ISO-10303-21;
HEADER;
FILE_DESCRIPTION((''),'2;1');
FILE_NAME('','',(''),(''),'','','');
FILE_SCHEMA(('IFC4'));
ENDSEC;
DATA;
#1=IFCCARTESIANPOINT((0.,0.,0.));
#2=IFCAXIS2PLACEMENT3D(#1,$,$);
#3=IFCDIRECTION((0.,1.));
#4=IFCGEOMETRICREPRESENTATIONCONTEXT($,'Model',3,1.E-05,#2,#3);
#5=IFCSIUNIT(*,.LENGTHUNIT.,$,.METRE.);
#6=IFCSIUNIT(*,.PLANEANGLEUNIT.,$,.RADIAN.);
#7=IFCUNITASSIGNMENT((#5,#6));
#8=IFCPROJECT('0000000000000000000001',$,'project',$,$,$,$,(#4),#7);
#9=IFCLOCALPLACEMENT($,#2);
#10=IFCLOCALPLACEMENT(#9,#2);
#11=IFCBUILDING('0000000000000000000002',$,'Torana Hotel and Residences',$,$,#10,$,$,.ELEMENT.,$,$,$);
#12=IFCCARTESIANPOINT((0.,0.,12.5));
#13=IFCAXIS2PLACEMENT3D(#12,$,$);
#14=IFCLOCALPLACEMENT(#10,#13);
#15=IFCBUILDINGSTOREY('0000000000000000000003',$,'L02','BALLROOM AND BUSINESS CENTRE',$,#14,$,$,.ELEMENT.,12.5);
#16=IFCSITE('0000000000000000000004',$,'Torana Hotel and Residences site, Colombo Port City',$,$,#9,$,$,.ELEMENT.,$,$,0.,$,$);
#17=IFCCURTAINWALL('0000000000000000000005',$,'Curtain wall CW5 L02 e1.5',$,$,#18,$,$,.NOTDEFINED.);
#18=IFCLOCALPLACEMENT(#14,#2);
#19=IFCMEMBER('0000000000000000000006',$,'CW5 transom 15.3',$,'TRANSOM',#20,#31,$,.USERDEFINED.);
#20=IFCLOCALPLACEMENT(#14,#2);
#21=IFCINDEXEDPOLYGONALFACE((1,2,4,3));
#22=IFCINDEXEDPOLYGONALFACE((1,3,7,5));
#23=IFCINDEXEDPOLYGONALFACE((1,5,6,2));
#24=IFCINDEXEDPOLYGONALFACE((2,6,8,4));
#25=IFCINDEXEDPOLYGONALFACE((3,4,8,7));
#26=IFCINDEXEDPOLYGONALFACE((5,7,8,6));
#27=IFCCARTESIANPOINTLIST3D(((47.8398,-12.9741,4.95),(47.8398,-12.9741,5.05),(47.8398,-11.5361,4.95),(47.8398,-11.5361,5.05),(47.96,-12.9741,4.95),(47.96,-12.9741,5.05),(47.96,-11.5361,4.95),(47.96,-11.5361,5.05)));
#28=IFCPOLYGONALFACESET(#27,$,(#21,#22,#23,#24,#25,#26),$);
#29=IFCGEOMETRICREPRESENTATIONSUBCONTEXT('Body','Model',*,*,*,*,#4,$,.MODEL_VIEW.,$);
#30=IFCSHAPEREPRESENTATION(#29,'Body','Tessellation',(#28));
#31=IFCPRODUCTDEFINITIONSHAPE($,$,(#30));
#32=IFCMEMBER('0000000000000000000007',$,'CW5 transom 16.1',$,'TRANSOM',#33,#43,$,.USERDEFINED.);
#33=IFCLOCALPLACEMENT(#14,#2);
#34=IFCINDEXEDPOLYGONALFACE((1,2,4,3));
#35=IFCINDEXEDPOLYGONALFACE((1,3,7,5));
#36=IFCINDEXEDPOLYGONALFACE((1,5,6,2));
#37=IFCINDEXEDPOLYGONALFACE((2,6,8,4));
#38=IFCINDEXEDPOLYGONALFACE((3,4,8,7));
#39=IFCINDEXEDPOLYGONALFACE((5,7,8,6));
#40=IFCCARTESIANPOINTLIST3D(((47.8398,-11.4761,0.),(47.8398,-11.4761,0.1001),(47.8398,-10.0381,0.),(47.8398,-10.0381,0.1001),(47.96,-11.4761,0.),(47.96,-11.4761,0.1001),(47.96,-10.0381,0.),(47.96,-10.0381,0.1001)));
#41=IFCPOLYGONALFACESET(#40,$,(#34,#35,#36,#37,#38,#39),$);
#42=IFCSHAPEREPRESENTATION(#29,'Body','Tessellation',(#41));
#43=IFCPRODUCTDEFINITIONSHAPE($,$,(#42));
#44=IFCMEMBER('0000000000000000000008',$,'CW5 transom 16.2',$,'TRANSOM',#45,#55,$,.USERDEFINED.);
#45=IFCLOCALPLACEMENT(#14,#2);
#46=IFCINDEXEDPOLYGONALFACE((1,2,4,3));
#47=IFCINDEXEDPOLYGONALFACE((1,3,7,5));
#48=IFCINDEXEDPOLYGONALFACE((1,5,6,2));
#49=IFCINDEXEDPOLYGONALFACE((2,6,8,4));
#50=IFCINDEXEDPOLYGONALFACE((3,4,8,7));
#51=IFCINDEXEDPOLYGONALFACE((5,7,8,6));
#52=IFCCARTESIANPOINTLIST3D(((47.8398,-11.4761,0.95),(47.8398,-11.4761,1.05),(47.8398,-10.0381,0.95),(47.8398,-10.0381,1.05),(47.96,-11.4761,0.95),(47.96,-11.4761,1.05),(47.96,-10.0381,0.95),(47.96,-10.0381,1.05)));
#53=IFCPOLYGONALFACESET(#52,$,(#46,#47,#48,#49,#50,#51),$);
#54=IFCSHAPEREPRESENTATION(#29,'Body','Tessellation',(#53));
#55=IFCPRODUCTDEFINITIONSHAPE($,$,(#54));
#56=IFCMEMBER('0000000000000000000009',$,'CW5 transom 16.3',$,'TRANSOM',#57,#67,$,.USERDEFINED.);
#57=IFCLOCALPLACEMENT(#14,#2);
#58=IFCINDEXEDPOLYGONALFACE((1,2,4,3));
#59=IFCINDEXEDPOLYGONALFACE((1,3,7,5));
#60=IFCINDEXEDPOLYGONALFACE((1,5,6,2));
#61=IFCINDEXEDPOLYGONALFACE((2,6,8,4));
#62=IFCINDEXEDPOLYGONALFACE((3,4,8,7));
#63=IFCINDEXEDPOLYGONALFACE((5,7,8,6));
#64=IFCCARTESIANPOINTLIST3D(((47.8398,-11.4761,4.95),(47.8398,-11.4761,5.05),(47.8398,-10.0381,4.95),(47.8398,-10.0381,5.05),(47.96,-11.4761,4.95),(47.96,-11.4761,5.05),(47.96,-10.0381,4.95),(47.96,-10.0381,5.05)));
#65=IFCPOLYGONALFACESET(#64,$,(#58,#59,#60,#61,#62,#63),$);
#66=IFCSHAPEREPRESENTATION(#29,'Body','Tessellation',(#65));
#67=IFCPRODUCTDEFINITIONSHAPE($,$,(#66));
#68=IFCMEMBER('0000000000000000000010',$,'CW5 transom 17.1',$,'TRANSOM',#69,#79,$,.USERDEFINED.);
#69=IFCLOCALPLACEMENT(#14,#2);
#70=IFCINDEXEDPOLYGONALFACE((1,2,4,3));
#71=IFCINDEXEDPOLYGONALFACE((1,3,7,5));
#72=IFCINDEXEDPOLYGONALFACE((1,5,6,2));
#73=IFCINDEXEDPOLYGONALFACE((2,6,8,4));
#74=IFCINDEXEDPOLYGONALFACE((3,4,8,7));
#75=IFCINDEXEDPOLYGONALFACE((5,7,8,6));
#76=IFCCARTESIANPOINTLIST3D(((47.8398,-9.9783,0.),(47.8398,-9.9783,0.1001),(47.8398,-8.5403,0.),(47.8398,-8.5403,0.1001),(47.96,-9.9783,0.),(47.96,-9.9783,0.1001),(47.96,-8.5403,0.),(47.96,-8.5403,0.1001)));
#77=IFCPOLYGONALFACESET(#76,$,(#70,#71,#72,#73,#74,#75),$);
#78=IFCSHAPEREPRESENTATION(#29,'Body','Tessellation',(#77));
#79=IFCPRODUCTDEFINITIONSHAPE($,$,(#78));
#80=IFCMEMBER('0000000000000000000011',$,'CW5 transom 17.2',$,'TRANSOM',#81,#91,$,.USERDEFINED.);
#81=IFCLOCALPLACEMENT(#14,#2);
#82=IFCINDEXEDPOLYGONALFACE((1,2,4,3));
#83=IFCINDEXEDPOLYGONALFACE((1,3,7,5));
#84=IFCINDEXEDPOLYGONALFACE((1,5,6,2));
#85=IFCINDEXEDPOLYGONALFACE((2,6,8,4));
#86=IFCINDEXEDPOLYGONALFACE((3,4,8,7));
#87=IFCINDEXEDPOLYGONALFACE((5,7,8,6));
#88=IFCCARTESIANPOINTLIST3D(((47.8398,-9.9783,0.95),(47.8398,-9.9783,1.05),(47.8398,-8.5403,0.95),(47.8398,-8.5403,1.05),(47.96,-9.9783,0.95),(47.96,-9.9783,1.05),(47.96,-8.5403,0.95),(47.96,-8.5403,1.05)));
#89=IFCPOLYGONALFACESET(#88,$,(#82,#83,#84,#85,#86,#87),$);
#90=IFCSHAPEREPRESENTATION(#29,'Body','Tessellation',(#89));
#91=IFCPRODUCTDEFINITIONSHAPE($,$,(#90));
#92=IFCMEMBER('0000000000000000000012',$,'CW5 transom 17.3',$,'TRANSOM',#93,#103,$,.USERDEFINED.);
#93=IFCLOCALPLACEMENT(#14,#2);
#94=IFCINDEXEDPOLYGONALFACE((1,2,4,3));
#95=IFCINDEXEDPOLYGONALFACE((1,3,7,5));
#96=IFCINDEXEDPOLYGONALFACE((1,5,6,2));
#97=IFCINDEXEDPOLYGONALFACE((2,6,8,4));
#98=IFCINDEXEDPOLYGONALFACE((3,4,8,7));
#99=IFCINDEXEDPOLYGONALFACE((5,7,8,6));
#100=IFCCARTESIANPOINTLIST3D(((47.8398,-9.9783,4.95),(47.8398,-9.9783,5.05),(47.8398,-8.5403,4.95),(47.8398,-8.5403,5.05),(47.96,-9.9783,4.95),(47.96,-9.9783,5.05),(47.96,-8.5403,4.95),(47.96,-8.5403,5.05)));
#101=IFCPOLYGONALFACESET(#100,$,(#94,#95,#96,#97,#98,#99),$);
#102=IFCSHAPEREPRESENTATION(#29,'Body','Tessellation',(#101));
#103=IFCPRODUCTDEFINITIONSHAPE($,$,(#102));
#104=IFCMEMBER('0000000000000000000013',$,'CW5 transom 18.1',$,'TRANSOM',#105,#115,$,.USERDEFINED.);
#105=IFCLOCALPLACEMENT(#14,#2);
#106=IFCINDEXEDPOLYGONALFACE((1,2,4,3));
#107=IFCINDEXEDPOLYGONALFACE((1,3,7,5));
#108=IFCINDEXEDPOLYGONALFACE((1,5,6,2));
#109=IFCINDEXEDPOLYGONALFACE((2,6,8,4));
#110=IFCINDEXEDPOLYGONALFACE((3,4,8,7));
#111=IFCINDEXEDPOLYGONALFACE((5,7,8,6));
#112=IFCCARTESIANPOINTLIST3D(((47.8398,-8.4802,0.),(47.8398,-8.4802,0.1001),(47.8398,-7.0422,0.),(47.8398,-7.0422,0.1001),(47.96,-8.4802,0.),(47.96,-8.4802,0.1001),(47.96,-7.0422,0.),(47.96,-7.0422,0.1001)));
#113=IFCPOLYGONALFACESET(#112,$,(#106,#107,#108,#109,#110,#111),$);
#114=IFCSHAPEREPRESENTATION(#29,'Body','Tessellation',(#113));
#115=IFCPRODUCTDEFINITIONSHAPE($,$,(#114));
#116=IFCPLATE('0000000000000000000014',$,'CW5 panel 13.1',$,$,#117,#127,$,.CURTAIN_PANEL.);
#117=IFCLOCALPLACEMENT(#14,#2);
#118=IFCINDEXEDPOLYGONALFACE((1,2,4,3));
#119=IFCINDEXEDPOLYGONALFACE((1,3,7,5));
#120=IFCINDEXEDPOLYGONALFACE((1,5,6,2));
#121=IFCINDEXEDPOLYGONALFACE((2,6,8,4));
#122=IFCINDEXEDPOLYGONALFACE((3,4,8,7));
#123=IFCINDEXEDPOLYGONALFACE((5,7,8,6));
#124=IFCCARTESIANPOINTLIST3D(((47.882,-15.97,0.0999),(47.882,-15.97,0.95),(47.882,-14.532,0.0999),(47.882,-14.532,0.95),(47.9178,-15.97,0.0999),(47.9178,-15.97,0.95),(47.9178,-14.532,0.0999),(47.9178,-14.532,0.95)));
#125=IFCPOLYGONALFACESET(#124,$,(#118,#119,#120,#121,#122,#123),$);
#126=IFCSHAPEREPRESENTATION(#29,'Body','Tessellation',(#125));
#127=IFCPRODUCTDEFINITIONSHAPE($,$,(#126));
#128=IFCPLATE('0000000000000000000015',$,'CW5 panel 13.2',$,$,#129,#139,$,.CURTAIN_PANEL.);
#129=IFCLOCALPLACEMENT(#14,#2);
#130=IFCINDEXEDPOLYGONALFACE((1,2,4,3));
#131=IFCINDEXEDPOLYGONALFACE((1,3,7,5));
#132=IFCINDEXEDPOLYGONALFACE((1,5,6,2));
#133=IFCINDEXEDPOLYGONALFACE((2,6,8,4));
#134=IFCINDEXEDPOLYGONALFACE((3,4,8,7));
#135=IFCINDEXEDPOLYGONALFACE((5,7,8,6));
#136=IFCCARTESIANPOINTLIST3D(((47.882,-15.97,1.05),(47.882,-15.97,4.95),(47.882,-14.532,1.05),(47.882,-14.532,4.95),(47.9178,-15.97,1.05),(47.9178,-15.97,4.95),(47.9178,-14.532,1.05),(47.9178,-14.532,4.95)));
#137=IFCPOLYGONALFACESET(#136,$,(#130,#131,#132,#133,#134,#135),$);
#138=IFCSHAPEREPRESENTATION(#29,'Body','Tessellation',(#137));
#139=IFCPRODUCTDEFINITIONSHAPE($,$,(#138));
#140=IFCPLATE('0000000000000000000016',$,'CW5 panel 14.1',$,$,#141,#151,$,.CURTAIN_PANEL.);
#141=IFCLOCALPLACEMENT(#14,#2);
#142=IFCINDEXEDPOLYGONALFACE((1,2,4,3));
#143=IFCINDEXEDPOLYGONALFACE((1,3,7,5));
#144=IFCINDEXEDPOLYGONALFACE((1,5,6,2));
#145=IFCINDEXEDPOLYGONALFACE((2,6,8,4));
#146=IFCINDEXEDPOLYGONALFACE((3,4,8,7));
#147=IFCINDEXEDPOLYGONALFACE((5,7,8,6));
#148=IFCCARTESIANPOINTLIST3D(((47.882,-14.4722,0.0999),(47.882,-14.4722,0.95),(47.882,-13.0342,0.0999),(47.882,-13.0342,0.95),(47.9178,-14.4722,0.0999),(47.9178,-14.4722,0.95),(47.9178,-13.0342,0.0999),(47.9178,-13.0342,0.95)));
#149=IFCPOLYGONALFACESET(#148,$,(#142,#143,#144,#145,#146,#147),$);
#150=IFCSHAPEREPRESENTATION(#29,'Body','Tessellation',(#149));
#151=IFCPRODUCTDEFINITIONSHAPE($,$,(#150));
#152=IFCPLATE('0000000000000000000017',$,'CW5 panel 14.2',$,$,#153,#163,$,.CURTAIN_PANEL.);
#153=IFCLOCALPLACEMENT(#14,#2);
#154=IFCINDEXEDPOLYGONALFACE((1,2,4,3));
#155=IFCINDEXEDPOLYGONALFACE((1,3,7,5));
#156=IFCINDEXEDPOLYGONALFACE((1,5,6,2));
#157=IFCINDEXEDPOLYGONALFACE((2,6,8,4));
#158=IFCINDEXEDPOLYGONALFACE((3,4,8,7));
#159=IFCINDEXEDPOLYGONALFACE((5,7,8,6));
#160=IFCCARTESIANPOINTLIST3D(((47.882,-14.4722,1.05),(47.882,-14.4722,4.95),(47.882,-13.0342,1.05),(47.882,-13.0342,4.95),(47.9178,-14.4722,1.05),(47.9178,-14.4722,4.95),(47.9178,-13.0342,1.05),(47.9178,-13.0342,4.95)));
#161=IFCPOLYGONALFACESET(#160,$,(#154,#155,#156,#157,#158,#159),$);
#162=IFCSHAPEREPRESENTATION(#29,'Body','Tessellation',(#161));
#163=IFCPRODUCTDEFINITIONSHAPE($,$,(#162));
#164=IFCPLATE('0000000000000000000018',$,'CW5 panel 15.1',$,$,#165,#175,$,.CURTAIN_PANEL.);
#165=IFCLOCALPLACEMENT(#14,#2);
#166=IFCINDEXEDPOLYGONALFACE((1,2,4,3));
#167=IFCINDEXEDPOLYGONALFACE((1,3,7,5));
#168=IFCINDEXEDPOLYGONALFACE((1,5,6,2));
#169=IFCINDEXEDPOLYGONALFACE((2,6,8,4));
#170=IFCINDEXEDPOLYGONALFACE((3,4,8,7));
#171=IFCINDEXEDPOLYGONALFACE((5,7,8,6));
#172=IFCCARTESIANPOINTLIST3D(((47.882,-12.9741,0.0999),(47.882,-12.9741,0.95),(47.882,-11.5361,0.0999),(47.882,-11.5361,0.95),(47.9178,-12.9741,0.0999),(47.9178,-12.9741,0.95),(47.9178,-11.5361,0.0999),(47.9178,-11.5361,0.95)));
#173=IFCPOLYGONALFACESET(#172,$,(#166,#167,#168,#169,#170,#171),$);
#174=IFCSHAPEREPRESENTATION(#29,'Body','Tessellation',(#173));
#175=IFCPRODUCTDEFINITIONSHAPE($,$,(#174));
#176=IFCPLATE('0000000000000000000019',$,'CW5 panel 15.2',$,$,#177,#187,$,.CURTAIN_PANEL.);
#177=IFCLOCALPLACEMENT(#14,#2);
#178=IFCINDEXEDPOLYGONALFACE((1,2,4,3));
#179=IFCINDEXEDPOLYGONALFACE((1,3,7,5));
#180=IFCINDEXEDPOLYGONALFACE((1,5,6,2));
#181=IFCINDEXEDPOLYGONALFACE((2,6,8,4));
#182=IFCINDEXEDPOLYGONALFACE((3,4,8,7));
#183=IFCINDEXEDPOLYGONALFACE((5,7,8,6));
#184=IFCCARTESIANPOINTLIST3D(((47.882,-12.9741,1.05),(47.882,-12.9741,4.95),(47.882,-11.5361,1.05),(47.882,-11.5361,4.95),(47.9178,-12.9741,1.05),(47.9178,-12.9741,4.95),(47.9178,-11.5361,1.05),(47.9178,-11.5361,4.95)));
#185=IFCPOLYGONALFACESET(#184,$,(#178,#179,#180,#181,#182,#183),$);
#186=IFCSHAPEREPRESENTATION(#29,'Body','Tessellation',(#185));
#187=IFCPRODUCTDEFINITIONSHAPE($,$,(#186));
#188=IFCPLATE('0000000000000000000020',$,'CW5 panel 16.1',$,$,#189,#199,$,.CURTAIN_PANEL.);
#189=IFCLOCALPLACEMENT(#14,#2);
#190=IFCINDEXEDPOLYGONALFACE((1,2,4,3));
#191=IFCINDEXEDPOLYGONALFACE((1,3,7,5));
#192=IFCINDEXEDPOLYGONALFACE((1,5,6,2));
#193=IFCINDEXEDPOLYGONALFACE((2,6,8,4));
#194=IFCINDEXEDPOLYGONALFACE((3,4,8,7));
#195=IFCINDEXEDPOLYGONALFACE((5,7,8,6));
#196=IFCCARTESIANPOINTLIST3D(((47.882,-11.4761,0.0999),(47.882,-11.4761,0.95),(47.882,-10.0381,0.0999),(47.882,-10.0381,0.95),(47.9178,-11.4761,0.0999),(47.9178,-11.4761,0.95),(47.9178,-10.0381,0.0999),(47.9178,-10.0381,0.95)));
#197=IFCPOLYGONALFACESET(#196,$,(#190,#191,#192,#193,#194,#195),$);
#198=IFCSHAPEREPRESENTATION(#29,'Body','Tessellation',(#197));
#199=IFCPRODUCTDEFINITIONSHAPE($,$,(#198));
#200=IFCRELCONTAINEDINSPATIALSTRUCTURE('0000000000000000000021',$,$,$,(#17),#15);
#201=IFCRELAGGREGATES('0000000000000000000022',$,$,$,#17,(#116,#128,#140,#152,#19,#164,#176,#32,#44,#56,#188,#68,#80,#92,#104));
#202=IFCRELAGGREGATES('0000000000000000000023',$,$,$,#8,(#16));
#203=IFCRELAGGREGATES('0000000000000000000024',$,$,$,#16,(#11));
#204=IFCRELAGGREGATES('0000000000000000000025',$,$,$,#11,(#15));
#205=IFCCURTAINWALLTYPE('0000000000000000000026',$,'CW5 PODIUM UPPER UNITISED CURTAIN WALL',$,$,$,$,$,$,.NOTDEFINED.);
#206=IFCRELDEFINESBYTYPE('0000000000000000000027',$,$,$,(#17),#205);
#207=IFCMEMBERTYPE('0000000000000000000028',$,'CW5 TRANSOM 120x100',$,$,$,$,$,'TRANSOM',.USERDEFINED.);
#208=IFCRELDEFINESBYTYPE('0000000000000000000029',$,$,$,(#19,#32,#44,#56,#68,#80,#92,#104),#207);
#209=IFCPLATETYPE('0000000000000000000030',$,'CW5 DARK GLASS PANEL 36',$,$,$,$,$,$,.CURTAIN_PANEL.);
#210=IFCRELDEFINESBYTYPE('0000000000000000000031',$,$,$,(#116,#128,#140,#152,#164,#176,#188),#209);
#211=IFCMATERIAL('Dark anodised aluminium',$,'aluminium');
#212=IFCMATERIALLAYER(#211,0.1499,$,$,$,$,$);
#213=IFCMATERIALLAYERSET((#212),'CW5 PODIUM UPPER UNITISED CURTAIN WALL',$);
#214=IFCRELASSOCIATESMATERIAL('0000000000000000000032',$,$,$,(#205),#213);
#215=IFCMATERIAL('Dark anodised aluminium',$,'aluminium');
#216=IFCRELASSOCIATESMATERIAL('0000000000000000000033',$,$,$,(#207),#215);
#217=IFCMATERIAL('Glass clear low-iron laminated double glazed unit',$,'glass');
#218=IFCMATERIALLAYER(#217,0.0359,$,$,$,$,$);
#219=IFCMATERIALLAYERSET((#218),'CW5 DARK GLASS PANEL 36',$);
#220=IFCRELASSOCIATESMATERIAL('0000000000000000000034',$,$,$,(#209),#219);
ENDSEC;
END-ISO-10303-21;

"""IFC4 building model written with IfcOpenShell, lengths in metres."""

from ifc_helpers import new_model, si_unit, direction, frame, origin, origin_2d, place, context, subcontext, project, spatial, rectangle, extrude, material, layer, layer_set, material_profile, profile_set, type_object, element, aggregate, save


model = new_model("IFC4")

# Units and contexts
model_context = context("Model", 3, precision=1e-05, world=origin(), true_north=direction((0.0, 1.0)))
body_context = subcontext(model_context, "Body", "Model", "MODEL_VIEW")
ifc_project = project(units=[si_unit("LENGTHUNIT", "METRE"), si_unit("PLANEANGLEUNIT", "RADIAN")], contexts=[model_context])

# Site, building, storey
site_placement = place(None, origin())
site = spatial("IfcSite", under=ifc_project, at=site_placement, Name="Torana Hotel and Residences site, Colombo Port City", CompositionType="ELEMENT", RefElevation=0.0)
building_placement = place(site_placement, origin())
building = spatial("IfcBuilding", under=site, at=building_placement, Name="Torana Hotel and Residences", CompositionType="ELEMENT")
storey_placement = place(building_placement, frame((0.0, 0.0, 12.5)))
storey = spatial("IfcBuildingStorey", under=building, at=storey_placement, Name="L02", Description="BALLROOM AND BUSINESS CENTRE", CompositionType="ELEMENT", Elevation=12.5)

# Curtain wall, members, plates
ifc_material_1 = material(Name="Dark anodised aluminium", Category="aluminium")
ifc_layer_1 = layer(ifc_material_1, 0.1499)
ifc_layer_set_1 = layer_set([ifc_layer_1], Name="CW5 PODIUM UPPER UNITISED CURTAIN WALL")
curtain_wall_type = type_object("IfcCurtainWallType", Name="CW5 PODIUM UPPER UNITISED CURTAIN WALL", PredefinedType="NOTDEFINED", material=ifc_layer_set_1)
curtain_wall_placement = place(storey_placement, origin())
curtain_wall = element("IfcCurtainWall", 1, at=curtain_wall_placement, inside=storey, type_object=curtain_wall_type, Name="Curtain wall CW5 L02 e1.5", PredefinedType="NOTDEFINED")
ifc_material_2 = material(Name="Dark anodised aluminium", Category="aluminium")
ifc_material_profile_1 = material_profile(ifc_material_2, rectangle(XDim=0.1201, YDim=0.1001, at=origin_2d()), Name="CW5 TRANSOM 120x100")
ifc_profile_set_1 = profile_set([ifc_material_profile_1], Name="Dark anodised aluminium")
member_type_1 = type_object("IfcMemberType", Name="CW5 TRANSOM 120x100", ElementType="TRANSOM", PredefinedType="USERDEFINED", material=ifc_profile_set_1)
member_1_placement = place(storey_placement, frame((47.8999, -12.9741, 5.0), z_axis=(0.0, 1.0, 0.0), x_axis=(-1.0, 0.0, 0.0)))
member_1 = element("IfcMember", 2, at=member_1_placement, type_object=member_type_1, Name="CW5 transom 15.3", ObjectType="TRANSOM", PredefinedType="USERDEFINED", context=body_context, shape_type="SweptSolid", body=[
    extrude(rectangle(XDim=0.1201, YDim=0.1001, at=origin_2d()), origin(), (0.0, 0.0, 1.0), 1.438),
])
member_2_placement = place(storey_placement, frame((47.8999, -11.4761, 0.05), z_axis=(0.0, 1.0, 0.0), x_axis=(-1.0, 0.0, 0.0)))
member_2 = element("IfcMember", 3, at=member_2_placement, type_object=member_type_1, Name="CW5 transom 16.1", ObjectType="TRANSOM", PredefinedType="USERDEFINED", context=body_context, shape_type="SweptSolid", body=[
    extrude(rectangle(XDim=0.1201, YDim=0.1001, at=origin_2d()), origin(), (0.0, 0.0, 1.0), 1.438),
])
member_3_placement = place(storey_placement, frame((47.8999, -11.4761, 1.0), z_axis=(0.0, 1.0, 0.0), x_axis=(-1.0, 0.0, 0.0)))
member_3 = element("IfcMember", 4, at=member_3_placement, type_object=member_type_1, Name="CW5 transom 16.2", ObjectType="TRANSOM", PredefinedType="USERDEFINED", context=body_context, shape_type="SweptSolid", body=[
    extrude(rectangle(XDim=0.1201, YDim=0.1001, at=origin_2d()), origin(), (0.0, 0.0, 1.0), 1.438),
])
member_4_placement = place(storey_placement, frame((47.8999, -11.4761, 5.0), z_axis=(0.0, 1.0, 0.0), x_axis=(-1.0, 0.0, 0.0)))
member_4 = element("IfcMember", 5, at=member_4_placement, type_object=member_type_1, Name="CW5 transom 16.3", ObjectType="TRANSOM", PredefinedType="USERDEFINED", context=body_context, shape_type="SweptSolid", body=[
    extrude(rectangle(XDim=0.1201, YDim=0.1001, at=origin_2d()), origin(), (0.0, 0.0, 1.0), 1.438),
])
member_5_placement = place(storey_placement, frame((47.8999, -9.9783, 0.05), z_axis=(0.0, 1.0, 0.0), x_axis=(-1.0, 0.0, 0.0)))
member_5 = element("IfcMember", 6, at=member_5_placement, type_object=member_type_1, Name="CW5 transom 17.1", ObjectType="TRANSOM", PredefinedType="USERDEFINED", context=body_context, shape_type="SweptSolid", body=[
    extrude(rectangle(XDim=0.1201, YDim=0.1001, at=origin_2d()), origin(), (0.0, 0.0, 1.0), 1.438),
])
member_6_placement = place(storey_placement, frame((47.8999, -9.9783, 1.0), z_axis=(0.0, 1.0, 0.0), x_axis=(-1.0, 0.0, 0.0)))
member_6 = element("IfcMember", 7, at=member_6_placement, type_object=member_type_1, Name="CW5 transom 17.2", ObjectType="TRANSOM", PredefinedType="USERDEFINED", context=body_context, shape_type="SweptSolid", body=[
    extrude(rectangle(XDim=0.1201, YDim=0.1001, at=origin_2d()), origin(), (0.0, 0.0, 1.0), 1.438),
])
member_7_placement = place(storey_placement, frame((47.8999, -9.9783, 5.0), z_axis=(0.0, 1.0, 0.0), x_axis=(-1.0, 0.0, 0.0)))
member_7 = element("IfcMember", 8, at=member_7_placement, type_object=member_type_1, Name="CW5 transom 17.3", ObjectType="TRANSOM", PredefinedType="USERDEFINED", context=body_context, shape_type="SweptSolid", body=[
    extrude(rectangle(XDim=0.1201, YDim=0.1001, at=origin_2d()), origin(), (0.0, 0.0, 1.0), 1.438),
])
member_8_placement = place(storey_placement, frame((47.8999, -8.4802, 0.05), z_axis=(0.0, 1.0, 0.0), x_axis=(-1.0, 0.0, 0.0)))
member_8 = element("IfcMember", 9, at=member_8_placement, type_object=member_type_1, Name="CW5 transom 18.1", ObjectType="TRANSOM", PredefinedType="USERDEFINED", context=body_context, shape_type="SweptSolid", body=[
    extrude(rectangle(XDim=0.1201, YDim=0.1001, at=origin_2d()), origin(), (0.0, 0.0, 1.0), 1.438),
])
ifc_material_3 = material(Name="Glass clear low-iron laminated double glazed unit", Category="glass")
ifc_layer_2 = layer(ifc_material_3, 0.0359)
ifc_layer_set_2 = layer_set([ifc_layer_2], Name="CW5 DARK GLASS PANEL 36")
plate_type = type_object("IfcPlateType", Name="CW5 DARK GLASS PANEL 36", PredefinedType="CURTAIN_PANEL", material=ifc_layer_set_2)
plate_1_placement = place(storey_placement, frame((47.8999, -15.251, 0.0999), z_axis=(0.0, 0.0, 1.0), x_axis=(0.0, 1.0, 0.0)))
plate_1 = element("IfcPlate", 10, at=plate_1_placement, type_object=plate_type, Name="CW5 panel 13.1", PredefinedType="CURTAIN_PANEL", context=body_context, shape_type="SweptSolid", body=[
    extrude(rectangle(XDim=1.438, YDim=0.0359, at=origin_2d()), origin(), (0.0, 0.0, 1.0), 0.8501),
])
plate_2_placement = place(storey_placement, frame((47.8999, -15.251, 1.05), z_axis=(0.0, 0.0, 1.0), x_axis=(0.0, 1.0, 0.0)))
plate_2 = element("IfcPlate", 11, at=plate_2_placement, type_object=plate_type, Name="CW5 panel 13.2", PredefinedType="CURTAIN_PANEL", context=body_context, shape_type="SweptSolid", body=[
    extrude(rectangle(XDim=1.438, YDim=0.0359, at=origin_2d()), origin(), (0.0, 0.0, 1.0), 3.8999),
])
plate_3_placement = place(storey_placement, frame((47.8999, -13.7532, 0.0999), z_axis=(0.0, 0.0, 1.0), x_axis=(0.0, 1.0, 0.0)))
plate_3 = element("IfcPlate", 12, at=plate_3_placement, type_object=plate_type, Name="CW5 panel 14.1", PredefinedType="CURTAIN_PANEL", context=body_context, shape_type="SweptSolid", body=[
    extrude(rectangle(XDim=1.438, YDim=0.0359, at=origin_2d()), origin(), (0.0, 0.0, 1.0), 0.8501),
])
plate_4_placement = place(storey_placement, frame((47.8999, -13.7532, 1.05), z_axis=(0.0, 0.0, 1.0), x_axis=(0.0, 1.0, 0.0)))
plate_4 = element("IfcPlate", 13, at=plate_4_placement, type_object=plate_type, Name="CW5 panel 14.2", PredefinedType="CURTAIN_PANEL", context=body_context, shape_type="SweptSolid", body=[
    extrude(rectangle(XDim=1.438, YDim=0.0359, at=origin_2d()), origin(), (0.0, 0.0, 1.0), 3.8999),
])
plate_5_placement = place(storey_placement, frame((47.8999, -12.2551, 0.0999), z_axis=(0.0, 0.0, 1.0), x_axis=(0.0, 1.0, 0.0)))
plate_5 = element("IfcPlate", 14, at=plate_5_placement, type_object=plate_type, Name="CW5 panel 15.1", PredefinedType="CURTAIN_PANEL", context=body_context, shape_type="SweptSolid", body=[
    extrude(rectangle(XDim=1.438, YDim=0.0359, at=origin_2d()), origin(), (0.0, 0.0, 1.0), 0.8501),
])
plate_6_placement = place(storey_placement, frame((47.8999, -12.2551, 1.05), z_axis=(0.0, 0.0, 1.0), x_axis=(0.0, 1.0, 0.0)))
plate_6 = element("IfcPlate", 15, at=plate_6_placement, type_object=plate_type, Name="CW5 panel 15.2", PredefinedType="CURTAIN_PANEL", context=body_context, shape_type="SweptSolid", body=[
    extrude(rectangle(XDim=1.438, YDim=0.0359, at=origin_2d()), origin(), (0.0, 0.0, 1.0), 3.8999),
])
plate_7_placement = place(storey_placement, frame((47.8999, -10.7571, 0.0999), z_axis=(0.0, 0.0, 1.0), x_axis=(0.0, 1.0, 0.0)))
plate_7 = element("IfcPlate", 16, at=plate_7_placement, type_object=plate_type, Name="CW5 panel 16.1", PredefinedType="CURTAIN_PANEL", context=body_context, shape_type="SweptSolid", body=[
    extrude(rectangle(XDim=1.438, YDim=0.0359, at=origin_2d()), origin(), (0.0, 0.0, 1.0), 0.8501),
])
aggregate(curtain_wall, [plate_1, plate_2, plate_3, plate_4, member_1, plate_5, plate_6, member_2, member_3, member_4, plate_7, member_5, member_6, member_7, member_8])

save(model, "model.ifc")
